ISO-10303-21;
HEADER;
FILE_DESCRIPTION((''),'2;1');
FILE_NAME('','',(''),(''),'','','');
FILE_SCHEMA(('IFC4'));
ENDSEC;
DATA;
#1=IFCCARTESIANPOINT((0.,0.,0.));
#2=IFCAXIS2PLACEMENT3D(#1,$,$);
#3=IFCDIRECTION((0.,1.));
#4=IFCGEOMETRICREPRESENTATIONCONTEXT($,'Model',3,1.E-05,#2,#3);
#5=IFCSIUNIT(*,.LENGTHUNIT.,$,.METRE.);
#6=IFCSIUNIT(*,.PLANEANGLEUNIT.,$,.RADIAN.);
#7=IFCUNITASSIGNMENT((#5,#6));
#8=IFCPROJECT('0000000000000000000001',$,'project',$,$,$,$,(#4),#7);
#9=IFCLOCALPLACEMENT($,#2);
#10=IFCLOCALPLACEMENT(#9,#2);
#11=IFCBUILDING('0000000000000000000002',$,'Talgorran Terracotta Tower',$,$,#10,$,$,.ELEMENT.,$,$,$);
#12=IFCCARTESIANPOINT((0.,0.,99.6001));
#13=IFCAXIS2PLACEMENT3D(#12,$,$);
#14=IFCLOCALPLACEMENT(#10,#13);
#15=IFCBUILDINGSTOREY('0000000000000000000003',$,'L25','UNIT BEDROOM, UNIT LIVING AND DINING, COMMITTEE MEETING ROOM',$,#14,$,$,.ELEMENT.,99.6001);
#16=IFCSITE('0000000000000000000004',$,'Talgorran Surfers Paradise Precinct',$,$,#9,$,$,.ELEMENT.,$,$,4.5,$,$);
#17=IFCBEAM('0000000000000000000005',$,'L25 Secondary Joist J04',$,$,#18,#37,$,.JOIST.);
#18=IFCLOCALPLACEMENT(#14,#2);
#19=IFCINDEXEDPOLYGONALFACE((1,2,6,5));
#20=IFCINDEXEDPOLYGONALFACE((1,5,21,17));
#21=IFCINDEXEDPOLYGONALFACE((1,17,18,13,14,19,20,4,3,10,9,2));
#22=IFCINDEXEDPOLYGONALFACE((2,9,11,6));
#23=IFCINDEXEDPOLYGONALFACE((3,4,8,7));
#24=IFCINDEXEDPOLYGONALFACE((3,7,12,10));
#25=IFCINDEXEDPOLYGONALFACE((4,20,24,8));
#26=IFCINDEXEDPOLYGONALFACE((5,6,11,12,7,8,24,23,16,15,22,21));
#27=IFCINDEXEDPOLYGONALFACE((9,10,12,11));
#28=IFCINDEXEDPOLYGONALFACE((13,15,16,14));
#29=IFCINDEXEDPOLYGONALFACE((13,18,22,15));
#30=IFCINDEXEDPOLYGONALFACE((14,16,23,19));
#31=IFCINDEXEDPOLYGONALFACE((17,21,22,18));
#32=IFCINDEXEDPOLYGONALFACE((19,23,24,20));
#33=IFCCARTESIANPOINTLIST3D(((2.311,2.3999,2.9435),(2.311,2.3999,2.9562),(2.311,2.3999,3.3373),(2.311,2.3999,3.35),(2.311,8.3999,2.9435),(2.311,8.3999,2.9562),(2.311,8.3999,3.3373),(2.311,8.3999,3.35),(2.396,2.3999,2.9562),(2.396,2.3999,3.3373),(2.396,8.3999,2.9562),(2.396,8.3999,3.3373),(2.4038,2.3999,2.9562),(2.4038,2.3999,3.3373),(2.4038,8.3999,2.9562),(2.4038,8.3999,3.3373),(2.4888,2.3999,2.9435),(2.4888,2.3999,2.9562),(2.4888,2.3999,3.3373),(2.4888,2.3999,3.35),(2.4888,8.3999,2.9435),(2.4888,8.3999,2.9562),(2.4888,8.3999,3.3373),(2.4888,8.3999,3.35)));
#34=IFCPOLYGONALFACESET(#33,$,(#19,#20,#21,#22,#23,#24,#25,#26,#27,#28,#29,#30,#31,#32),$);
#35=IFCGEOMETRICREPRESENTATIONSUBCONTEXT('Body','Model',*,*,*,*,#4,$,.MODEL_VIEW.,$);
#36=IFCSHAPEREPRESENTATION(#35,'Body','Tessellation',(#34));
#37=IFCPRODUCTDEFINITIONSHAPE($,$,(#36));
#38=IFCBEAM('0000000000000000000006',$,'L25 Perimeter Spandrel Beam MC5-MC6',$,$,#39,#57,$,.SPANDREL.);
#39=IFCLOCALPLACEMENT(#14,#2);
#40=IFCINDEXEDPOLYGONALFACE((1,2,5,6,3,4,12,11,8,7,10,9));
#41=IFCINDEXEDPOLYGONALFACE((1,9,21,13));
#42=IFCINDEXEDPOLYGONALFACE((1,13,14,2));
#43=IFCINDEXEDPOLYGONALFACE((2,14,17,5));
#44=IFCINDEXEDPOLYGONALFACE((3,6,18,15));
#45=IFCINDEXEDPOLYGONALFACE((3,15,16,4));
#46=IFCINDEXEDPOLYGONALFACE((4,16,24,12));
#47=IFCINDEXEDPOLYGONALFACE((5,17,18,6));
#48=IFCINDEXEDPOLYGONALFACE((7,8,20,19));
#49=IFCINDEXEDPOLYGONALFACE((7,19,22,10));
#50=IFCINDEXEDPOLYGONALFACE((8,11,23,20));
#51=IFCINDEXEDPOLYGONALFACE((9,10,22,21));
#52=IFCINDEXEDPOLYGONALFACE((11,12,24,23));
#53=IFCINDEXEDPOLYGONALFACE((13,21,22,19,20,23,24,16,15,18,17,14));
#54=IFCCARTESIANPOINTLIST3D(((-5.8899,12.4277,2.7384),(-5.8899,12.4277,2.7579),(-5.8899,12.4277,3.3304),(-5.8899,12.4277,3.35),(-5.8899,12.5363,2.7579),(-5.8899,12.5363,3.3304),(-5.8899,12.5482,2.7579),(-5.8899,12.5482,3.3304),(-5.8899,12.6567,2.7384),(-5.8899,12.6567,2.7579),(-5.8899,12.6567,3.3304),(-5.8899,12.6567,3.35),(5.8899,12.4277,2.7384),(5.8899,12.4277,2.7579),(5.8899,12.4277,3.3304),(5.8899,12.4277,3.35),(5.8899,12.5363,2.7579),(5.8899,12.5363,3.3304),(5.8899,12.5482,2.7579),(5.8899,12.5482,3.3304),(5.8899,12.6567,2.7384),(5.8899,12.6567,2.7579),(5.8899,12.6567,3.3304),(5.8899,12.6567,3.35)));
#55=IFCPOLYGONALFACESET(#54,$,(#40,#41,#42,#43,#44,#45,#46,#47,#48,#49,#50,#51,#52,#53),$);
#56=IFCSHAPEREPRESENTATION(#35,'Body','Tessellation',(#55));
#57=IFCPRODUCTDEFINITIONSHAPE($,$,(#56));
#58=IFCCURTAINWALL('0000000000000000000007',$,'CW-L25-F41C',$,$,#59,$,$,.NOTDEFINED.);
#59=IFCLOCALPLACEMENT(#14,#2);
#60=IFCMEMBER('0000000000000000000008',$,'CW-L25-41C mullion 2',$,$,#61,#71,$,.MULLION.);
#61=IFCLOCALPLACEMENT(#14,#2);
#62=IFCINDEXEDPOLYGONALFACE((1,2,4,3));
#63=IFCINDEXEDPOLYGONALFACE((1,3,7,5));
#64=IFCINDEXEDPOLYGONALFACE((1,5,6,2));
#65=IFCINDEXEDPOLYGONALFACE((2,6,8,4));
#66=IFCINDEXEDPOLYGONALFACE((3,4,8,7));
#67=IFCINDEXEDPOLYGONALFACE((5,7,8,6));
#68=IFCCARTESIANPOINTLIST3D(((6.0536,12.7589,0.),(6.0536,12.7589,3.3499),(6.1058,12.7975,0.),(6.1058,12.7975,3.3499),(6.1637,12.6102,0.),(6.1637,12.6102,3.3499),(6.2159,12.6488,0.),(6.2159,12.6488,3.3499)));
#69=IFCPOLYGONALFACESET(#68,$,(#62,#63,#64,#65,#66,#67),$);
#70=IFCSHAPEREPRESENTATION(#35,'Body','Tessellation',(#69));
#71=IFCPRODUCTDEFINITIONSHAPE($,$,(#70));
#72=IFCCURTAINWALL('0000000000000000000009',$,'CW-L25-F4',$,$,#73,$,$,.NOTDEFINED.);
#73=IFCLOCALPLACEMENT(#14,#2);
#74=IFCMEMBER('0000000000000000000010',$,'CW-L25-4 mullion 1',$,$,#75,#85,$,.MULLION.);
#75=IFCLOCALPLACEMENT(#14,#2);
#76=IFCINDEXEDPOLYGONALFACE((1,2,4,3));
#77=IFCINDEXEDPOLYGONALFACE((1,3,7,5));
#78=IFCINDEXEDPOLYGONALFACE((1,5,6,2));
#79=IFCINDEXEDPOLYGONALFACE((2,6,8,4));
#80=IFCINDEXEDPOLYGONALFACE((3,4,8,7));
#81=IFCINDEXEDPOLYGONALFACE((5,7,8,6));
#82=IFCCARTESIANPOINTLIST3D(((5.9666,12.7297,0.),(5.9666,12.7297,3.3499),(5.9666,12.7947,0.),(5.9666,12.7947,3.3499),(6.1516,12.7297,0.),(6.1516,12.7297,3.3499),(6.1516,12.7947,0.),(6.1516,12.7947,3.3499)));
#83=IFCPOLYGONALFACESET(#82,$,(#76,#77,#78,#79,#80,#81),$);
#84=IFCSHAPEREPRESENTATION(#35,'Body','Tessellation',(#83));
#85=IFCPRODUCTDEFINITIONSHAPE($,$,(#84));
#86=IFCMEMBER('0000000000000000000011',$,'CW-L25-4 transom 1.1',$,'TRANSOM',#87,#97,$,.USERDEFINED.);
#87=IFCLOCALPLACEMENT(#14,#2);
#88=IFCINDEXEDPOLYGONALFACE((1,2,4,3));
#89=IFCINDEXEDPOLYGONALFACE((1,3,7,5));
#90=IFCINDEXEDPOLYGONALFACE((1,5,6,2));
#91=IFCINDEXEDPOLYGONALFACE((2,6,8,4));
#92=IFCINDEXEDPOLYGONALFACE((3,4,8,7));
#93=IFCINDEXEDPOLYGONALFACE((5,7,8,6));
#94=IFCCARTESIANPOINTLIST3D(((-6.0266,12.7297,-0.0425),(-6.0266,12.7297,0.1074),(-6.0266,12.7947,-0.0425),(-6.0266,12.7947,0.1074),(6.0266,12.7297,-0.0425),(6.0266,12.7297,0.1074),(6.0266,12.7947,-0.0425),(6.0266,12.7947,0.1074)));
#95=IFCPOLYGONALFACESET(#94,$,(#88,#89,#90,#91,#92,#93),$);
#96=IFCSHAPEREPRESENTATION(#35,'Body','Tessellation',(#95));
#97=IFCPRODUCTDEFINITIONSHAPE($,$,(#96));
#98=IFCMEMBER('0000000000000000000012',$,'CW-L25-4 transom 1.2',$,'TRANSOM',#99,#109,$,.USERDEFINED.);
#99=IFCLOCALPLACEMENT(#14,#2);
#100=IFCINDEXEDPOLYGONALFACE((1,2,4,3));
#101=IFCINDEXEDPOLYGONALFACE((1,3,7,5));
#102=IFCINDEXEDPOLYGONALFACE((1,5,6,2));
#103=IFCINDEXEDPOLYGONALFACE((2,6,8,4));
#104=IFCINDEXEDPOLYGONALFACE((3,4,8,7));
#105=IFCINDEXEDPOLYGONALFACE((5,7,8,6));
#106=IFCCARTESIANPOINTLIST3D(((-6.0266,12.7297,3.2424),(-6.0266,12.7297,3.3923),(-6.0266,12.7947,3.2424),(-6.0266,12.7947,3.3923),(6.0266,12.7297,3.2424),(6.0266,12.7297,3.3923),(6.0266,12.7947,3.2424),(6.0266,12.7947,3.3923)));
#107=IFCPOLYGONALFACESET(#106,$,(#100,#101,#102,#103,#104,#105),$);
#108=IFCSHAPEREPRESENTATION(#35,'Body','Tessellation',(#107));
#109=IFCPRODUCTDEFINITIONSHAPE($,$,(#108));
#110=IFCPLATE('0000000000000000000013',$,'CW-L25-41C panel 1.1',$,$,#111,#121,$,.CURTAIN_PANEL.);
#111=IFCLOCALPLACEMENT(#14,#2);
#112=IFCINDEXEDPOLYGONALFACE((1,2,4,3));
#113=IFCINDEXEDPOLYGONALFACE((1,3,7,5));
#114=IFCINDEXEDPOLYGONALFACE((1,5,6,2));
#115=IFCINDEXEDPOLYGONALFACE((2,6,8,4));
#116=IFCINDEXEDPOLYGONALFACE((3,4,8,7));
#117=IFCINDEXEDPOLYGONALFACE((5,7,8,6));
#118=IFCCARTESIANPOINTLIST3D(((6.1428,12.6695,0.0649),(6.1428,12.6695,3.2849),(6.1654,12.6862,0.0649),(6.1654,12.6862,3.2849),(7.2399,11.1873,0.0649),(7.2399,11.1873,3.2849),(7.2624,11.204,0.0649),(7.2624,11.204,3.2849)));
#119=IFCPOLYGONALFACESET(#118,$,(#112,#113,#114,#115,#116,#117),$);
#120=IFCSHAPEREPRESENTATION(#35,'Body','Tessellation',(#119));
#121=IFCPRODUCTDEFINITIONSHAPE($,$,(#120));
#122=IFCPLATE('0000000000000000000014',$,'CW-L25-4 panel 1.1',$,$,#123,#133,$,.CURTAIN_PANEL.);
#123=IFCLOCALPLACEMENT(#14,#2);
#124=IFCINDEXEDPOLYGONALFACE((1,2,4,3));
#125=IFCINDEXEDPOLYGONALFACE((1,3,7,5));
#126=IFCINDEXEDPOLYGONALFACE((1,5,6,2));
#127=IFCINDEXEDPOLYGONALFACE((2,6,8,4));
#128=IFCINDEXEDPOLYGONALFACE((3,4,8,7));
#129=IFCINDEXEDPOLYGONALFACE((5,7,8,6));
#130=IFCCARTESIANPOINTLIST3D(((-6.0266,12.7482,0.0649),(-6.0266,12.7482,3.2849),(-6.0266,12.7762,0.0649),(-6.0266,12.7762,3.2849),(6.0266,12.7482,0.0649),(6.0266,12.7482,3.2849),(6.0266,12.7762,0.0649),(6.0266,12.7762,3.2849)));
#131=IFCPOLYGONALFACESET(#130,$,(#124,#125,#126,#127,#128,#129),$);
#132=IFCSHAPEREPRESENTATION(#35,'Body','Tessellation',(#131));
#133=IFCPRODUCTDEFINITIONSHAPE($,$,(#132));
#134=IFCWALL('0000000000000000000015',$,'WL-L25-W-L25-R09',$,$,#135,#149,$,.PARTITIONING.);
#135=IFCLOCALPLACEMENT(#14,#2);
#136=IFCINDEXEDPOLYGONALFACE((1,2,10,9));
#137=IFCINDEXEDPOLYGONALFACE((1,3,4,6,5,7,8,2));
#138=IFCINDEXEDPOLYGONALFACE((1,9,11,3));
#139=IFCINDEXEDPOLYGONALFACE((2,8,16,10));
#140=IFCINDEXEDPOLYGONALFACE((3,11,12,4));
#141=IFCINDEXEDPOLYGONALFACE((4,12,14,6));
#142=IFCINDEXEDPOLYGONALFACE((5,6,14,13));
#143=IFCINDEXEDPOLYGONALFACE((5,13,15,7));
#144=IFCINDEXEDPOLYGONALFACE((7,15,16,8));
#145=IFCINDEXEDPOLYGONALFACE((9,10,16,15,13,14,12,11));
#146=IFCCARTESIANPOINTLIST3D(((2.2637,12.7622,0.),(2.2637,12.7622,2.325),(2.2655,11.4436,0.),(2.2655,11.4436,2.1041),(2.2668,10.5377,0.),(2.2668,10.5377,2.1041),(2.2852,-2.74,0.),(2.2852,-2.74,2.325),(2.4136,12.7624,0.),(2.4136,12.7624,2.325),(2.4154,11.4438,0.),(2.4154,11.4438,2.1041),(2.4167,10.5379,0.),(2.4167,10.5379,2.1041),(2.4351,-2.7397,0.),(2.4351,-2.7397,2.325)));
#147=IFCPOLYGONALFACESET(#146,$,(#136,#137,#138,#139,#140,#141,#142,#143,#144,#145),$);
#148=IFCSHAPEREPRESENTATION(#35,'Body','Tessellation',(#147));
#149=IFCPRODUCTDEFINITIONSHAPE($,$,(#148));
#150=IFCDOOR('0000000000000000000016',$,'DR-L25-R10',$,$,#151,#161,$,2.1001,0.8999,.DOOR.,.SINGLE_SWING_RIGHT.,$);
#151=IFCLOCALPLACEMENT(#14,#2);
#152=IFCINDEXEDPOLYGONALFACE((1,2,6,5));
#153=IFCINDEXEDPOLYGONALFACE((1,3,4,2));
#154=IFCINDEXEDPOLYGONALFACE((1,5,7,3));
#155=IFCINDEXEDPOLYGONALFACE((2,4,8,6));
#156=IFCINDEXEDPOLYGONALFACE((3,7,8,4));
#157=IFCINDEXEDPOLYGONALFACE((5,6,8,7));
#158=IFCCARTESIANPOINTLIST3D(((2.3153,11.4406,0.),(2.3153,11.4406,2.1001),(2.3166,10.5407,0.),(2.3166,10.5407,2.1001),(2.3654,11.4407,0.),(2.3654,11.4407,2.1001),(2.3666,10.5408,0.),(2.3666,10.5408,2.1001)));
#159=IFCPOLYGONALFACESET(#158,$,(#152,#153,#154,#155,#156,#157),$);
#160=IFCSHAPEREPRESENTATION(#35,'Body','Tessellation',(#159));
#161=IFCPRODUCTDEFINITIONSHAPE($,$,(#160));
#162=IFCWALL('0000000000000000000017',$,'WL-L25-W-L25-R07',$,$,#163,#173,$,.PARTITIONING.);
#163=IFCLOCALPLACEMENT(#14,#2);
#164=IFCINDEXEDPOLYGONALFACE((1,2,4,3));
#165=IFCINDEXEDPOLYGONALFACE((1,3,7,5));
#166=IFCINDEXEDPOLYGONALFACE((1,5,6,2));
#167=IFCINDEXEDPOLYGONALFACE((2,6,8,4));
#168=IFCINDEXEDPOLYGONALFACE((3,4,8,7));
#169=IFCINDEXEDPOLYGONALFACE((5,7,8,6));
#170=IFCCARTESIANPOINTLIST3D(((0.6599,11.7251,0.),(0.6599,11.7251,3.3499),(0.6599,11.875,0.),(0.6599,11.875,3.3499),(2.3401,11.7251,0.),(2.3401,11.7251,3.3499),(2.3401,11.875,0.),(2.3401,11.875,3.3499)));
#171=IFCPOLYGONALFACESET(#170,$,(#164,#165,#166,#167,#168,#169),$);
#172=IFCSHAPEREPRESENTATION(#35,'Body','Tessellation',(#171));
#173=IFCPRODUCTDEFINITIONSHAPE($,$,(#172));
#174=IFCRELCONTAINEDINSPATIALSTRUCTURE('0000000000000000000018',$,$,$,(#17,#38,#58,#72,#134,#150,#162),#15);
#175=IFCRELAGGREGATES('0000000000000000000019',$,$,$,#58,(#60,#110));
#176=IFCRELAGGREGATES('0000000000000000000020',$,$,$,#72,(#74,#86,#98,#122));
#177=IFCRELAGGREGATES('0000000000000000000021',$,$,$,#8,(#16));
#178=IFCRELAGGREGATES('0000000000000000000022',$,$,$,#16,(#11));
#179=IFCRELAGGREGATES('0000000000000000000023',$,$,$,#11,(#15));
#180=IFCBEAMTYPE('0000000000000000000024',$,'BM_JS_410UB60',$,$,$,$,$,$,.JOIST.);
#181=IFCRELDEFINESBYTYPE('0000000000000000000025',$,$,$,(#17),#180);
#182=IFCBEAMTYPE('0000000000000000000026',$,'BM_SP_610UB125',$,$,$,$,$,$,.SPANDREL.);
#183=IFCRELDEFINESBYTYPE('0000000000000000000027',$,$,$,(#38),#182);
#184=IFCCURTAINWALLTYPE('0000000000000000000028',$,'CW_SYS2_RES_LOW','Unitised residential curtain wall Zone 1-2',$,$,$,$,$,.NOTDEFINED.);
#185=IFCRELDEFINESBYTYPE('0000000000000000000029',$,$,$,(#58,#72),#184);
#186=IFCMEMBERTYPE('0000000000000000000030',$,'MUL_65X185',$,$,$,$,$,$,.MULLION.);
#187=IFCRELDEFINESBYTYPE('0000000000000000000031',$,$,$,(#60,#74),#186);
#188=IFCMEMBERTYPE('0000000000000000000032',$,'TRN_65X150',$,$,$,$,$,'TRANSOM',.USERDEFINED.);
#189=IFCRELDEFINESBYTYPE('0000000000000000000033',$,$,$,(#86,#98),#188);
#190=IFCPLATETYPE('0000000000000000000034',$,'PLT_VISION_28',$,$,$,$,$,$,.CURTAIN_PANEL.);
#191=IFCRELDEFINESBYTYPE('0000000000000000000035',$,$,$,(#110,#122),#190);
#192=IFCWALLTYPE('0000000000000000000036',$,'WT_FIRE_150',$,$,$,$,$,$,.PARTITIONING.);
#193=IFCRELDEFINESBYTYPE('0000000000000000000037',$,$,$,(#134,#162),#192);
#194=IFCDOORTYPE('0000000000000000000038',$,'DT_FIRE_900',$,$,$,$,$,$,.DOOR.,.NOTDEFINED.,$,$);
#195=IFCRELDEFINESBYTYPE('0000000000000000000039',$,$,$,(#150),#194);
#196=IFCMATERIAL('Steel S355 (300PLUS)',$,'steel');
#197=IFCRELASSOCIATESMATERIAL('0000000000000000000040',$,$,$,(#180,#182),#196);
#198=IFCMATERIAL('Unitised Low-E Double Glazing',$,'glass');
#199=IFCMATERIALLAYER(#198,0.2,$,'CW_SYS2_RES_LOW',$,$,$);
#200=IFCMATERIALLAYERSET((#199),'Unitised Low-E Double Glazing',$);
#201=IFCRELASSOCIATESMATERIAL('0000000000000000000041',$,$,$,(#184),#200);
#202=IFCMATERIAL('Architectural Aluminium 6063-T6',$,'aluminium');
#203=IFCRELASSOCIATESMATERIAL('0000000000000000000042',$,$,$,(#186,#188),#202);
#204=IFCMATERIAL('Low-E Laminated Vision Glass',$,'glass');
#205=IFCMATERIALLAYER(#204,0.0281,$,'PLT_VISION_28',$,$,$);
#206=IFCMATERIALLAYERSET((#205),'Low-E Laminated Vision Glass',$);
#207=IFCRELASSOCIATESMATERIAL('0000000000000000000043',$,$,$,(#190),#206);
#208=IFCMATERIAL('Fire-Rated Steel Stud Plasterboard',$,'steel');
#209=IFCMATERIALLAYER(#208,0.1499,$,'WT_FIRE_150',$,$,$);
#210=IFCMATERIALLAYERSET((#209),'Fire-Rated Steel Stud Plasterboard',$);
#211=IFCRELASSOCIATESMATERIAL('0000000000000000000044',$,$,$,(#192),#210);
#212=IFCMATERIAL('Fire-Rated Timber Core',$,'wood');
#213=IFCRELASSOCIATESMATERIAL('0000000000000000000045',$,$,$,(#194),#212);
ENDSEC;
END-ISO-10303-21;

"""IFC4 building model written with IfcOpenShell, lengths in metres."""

from ifc_helpers import new_model, si_unit, direction, frame, frame_2d, origin, origin_2d, place, context, subcontext, project, spatial, rectangle, i_section, extrude, source, transform, mapped, material, layer, layer_set, material_profile, profile_set, type_object, type_shapes, element, fill, aggregate, save


model = new_model("IFC4")

# Units and contexts
model_context = context("Model", 3, precision=1e-05, world=origin(), true_north=direction((0.0, 1.0)))
body_context = subcontext(model_context, "Body", "Model", "MODEL_VIEW")
ifc_project = project(units=[si_unit("LENGTHUNIT", "METRE"), si_unit("PLANEANGLEUNIT", "RADIAN")], contexts=[model_context])

# Site, building, storey
site_placement = place(None, origin())
site = spatial("IfcSite", under=ifc_project, at=site_placement, Name="Talgorran Surfers Paradise Precinct", CompositionType="ELEMENT", RefElevation=4.5)
building_placement = place(site_placement, origin())
building = spatial("IfcBuilding", under=site, at=building_placement, Name="Talgorran Terracotta Tower", CompositionType="ELEMENT")
storey_placement = place(building_placement, frame((0.0, 0.0, 99.6001)))
storey = spatial("IfcBuildingStorey", under=building, at=storey_placement, Name="L25", Description="UNIT BEDROOM, UNIT LIVING AND DINING, COMMITTEE MEETING ROOM", CompositionType="ELEMENT", Elevation=99.6001)

# Shared definitions
ifc_material_1 = material(Name="Steel S355 (300PLUS)", Category="steel")

# Beams
ifc_material_profile_1 = material_profile(ifc_material_1, i_section(OverallWidth=0.1777, OverallDepth=0.4065, WebThickness=0.0078, FlangeThickness=0.0127, at=origin_2d()), Name="410UB59.7")
ifc_profile_set_1 = profile_set([ifc_material_profile_1], Name="Steel S355 (300PLUS)")
beam_type_1 = type_object("IfcBeamType", Name="BM_JS_410UB60", PredefinedType="JOIST", material=ifc_profile_set_1)
beam_1_placement = place(storey_placement, frame((2.3999, 2.3999, 3.1467), z_axis=(0.0, 1.0, 0.0), x_axis=(-1.0, 0.0, 0.0)))
element("IfcBeam", 1, at=beam_1_placement, inside=storey, type_object=beam_type_1, Name="L25 Secondary Joist J04", PredefinedType="JOIST", context=body_context, shape_type="SweptSolid", body=[
    extrude(i_section(OverallWidth=0.1777, OverallDepth=0.4065, WebThickness=0.0078, FlangeThickness=0.0127, at=origin_2d()), origin(), (0.0, 0.0, 1.0), 6.0),
])
ifc_material_profile_2 = material_profile(ifc_material_1, i_section(OverallWidth=0.229, OverallDepth=0.6116, WebThickness=0.012, FlangeThickness=0.0195, at=origin_2d()), Name="610UB125")
ifc_profile_set_2 = profile_set([ifc_material_profile_2], Name="Steel S355 (300PLUS)")
beam_type_2 = type_object("IfcBeamType", Name="BM_SP_610UB125", PredefinedType="SPANDREL", material=ifc_profile_set_2)
beam_2_placement = place(storey_placement, frame((5.8899, 12.5422, 3.0442), z_axis=(-1.0, 0.0, 0.0), x_axis=(0.0, -1.0, 0.0)))
element("IfcBeam", 2, at=beam_2_placement, inside=storey, type_object=beam_type_2, Name="L25 Perimeter Spandrel Beam MC5-MC6", PredefinedType="SPANDREL", context=body_context, shape_type="SweptSolid", body=[
    extrude(i_section(OverallWidth=0.229, OverallDepth=0.6116, WebThickness=0.012, FlangeThickness=0.0195, at=origin_2d()), origin(), (0.0, 0.0, 1.0), 11.7798),
])

# Curtain wall, member
ifc_material_2 = material(Name="Unitised Low-E Double Glazing", Category="glass")
ifc_layer_1 = layer(ifc_material_2, 0.2, Name="CW_SYS2_RES_LOW")
ifc_layer_set_1 = layer_set([ifc_layer_1], Name="Unitised Low-E Double Glazing")
curtain_wall_type = type_object("IfcCurtainWallType", Name="CW_SYS2_RES_LOW", Description="Unitised residential curtain wall Zone 1-2", PredefinedType="NOTDEFINED", material=ifc_layer_set_1)
curtain_wall_1_placement = place(storey_placement, origin())
curtain_wall_1 = element("IfcCurtainWall", 3, at=curtain_wall_1_placement, inside=storey, type_object=curtain_wall_type, Name="CW-L25-F41C", PredefinedType="NOTDEFINED")
ifc_material_3 = material(Name="Architectural Aluminium 6063-T6", Category="aluminium")
ifc_material_profile_3 = material_profile(ifc_material_3, rectangle(XDim=0.0649, YDim=0.1851, at=origin_2d()), Name="CWM65X185")
ifc_profile_set_3 = profile_set([ifc_material_profile_3], Name="Architectural Aluminium 6063-T6")
member_type_1 = type_object("IfcMemberType", Name="MUL_65X185", PredefinedType="MULLION", material=ifc_profile_set_3)
member_1_placement = place(storey_placement, frame((6.1348, 12.7039, 0.0), z_axis=(0.0, 0.0, 1.0), x_axis=(-0.80379, -0.594914, 0.0)))
member_1 = element("IfcMember", 4, at=member_1_placement, type_object=member_type_1, Name="CW-L25-41C mullion 2", PredefinedType="MULLION", context=body_context, shape_type="SweptSolid", body=[
    extrude(rectangle(XDim=0.0649, YDim=0.1851, at=origin_2d()), origin(), (0.0, 0.0, 1.0), 3.3499),
])

# Curtain wall, members
curtain_wall_2_placement = place(storey_placement, origin())
curtain_wall_2 = element("IfcCurtainWall", 5, at=curtain_wall_2_placement, inside=storey, type_object=curtain_wall_type, Name="CW-L25-F4", PredefinedType="NOTDEFINED")
member_2_placement = place(storey_placement, frame((6.0591, 12.7622, 0.0), z_axis=(0.0, 0.0, 1.0), x_axis=(0.0, -1.0, 0.0)))
member_2 = element("IfcMember", 6, at=member_2_placement, type_object=member_type_1, Name="CW-L25-4 mullion 1", PredefinedType="MULLION", context=body_context, shape_type="SweptSolid", body=[
    extrude(rectangle(XDim=0.0649, YDim=0.1851, at=origin_2d()), origin(), (0.0, 0.0, 1.0), 3.3499),
])
ifc_material_profile_4 = material_profile(ifc_material_3, rectangle(XDim=0.0649, YDim=0.1499, at=origin_2d()), Name="CWT65X150")
ifc_profile_set_4 = profile_set([ifc_material_profile_4], Name="Architectural Aluminium 6063-T6")
member_type_2 = type_object("IfcMemberType", Name="TRN_65X150", ElementType="TRANSOM", PredefinedType="USERDEFINED", material=ifc_profile_set_4)
member_3_placement = place(storey_placement, frame((6.0266, 12.7622, 0.0325), z_axis=(-1.0, 0.0, 0.0), x_axis=(0.0, -1.0, 0.0)))
member_3 = element("IfcMember", 7, at=member_3_placement, type_object=member_type_2, Name="CW-L25-4 transom 1.1", ObjectType="TRANSOM", PredefinedType="USERDEFINED", context=body_context, shape_type="SweptSolid", body=[
    extrude(rectangle(XDim=0.0649, YDim=0.1499, at=origin_2d()), origin(), (0.0, 0.0, 1.0), 12.0532),
])
member_4_placement = place(storey_placement, frame((6.0266, 12.7622, 3.3174), z_axis=(-1.0, 0.0, 0.0), x_axis=(0.0, -1.0, 0.0)))
member_4 = element("IfcMember", 8, at=member_4_placement, type_object=member_type_2, Name="CW-L25-4 transom 1.2", ObjectType="TRANSOM", PredefinedType="USERDEFINED", context=body_context, shape_type="SweptSolid", body=[
    extrude(rectangle(XDim=0.0649, YDim=0.1499, at=origin_2d()), origin(), (0.0, 0.0, 1.0), 12.0532),
])

# Plates
ifc_material_4 = material(Name="Low-E Laminated Vision Glass", Category="glass")
ifc_layer_2 = layer(ifc_material_4, 0.0281, Name="PLT_VISION_28")
ifc_layer_set_2 = layer_set([ifc_layer_2], Name="Low-E Laminated Vision Glass")
plate_type = type_object("IfcPlateType", Name="PLT_VISION_28", PredefinedType="CURTAIN_PANEL", material=ifc_layer_set_2)
shared_shape_1 = source(origin(), body_context, "Body", "SweptSolid", [
    extrude(rectangle(XDim=1.844, YDim=0.0281, at=origin_2d()), origin(), (0.0, 0.0, 1.0), 3.22),
])
plate_1_placement = place(storey_placement, frame((6.7026, 11.9368, 0.0649), z_axis=(0.0, 0.0, 1.0), x_axis=(-0.594914, 0.80379, 0.0)))
plate_1 = element("IfcPlate", 9, at=plate_1_placement, type_object=plate_type, Name="CW-L25-41C panel 1.1", PredefinedType="CURTAIN_PANEL", context=body_context, shape_type="MappedRepresentation", body=[
    mapped(shared_shape_1, transform((0.0, 0.0, 0.0), scale=1.0)),
])
aggregate(curtain_wall_1, [member_1, plate_1])
shared_shape_2 = source(origin(), body_context, "Body", "SweptSolid", [
    extrude(rectangle(XDim=12.0532, YDim=0.0281, at=origin_2d()), origin(), (0.0, 0.0, 1.0), 3.22),
])
type_shapes(plate_type, [shared_shape_1, shared_shape_2])
plate_2_placement = place(storey_placement, frame((0.0, 12.7622, 0.0649), z_axis=(0.0, 0.0, 1.0), x_axis=(-1.0, 0.0, 0.0)))
plate_2 = element("IfcPlate", 10, at=plate_2_placement, type_object=plate_type, Name="CW-L25-4 panel 1.1", PredefinedType="CURTAIN_PANEL", context=body_context, shape_type="MappedRepresentation", body=[
    mapped(shared_shape_2, transform((0.0, 0.0, 0.0), scale=1.0)),
])
aggregate(curtain_wall_2, [member_2, member_3, member_4, plate_2])

# Wall, opening, door
ifc_material_5 = material(Name="Fire-Rated Steel Stud Plasterboard", Category="steel")
ifc_layer_3 = layer(ifc_material_5, 0.1499, Name="WT_FIRE_150")
ifc_layer_set_3 = layer_set([ifc_layer_3], Name="Fire-Rated Steel Stud Plasterboard")
wall_type_1 = type_object("IfcWallType", Name="WT_FIRE_150", PredefinedType="PARTITIONING", material=ifc_layer_set_3)
wall_1_placement = place(storey_placement, frame((2.3386, 12.7622, 0.0), z_axis=(0.0, 0.0, 1.0), x_axis=(0.001386, -0.999999, 0.0)))
wall_1 = element("IfcWall", 11, at=wall_1_placement, inside=storey, type_object=wall_type_1, Name="WL-L25-W-L25-R09", PredefinedType="PARTITIONING", context=body_context, shape_type="SweptSolid", body=[
    extrude(rectangle(XDim=15.5022, YDim=0.1499, at=frame_2d((7.751, 0.0))), origin(), (0.0, 0.0, 1.0), 2.325),
])
opening_placement = place(wall_1_placement, frame((1.3215, 0.0, 0.0)))
opening = element("IfcOpeningElement", 12, at=opening_placement, cuts=wall_1, PredefinedType="OPENING", context=body_context, shape_type="SweptSolid", body=[
    extrude(rectangle(XDim=0.9059, YDim=2.1041, at=frame_2d((0.45, 1.052))), frame((0.0, 0.085, 0.0), z_axis=(0.0, -1.0, 0.0), x_axis=(1.0, 0.0, 0.0)), (0.0, 0.0, 1.0), 0.1699),
])
ifc_material_6 = material(Name="Fire-Rated Timber Core", Category="wood")
door_type = type_object("IfcDoorType", Name="DT_FIRE_900", OperationType="NOTDEFINED", PredefinedType="DOOR", material=ifc_material_6)
door_placement = place(opening_placement, origin())
door = element("IfcDoor", 13, at=door_placement, inside=storey, type_object=door_type, Name="DR-L25-R10", OperationType="SINGLE_SWING_RIGHT", OverallHeight=2.1001, OverallWidth=0.8999, PredefinedType="DOOR", context=body_context, shape_type="SweptSolid", body=[
    extrude(rectangle(XDim=0.8999, YDim=2.1001, at=frame_2d((0.45, 1.05))), frame((0.0, 0.0249, 0.0), z_axis=(0.0, -1.0, 0.0), x_axis=(1.0, 0.0, 0.0)), (0.0, 0.0, 1.0), 0.05),
])
fill(opening, door)

# Wall
wall_2_placement = place(storey_placement, frame((0.6599, 11.8, 0.0), z_axis=(0.0, 0.0, 1.0), x_axis=(1.0, 0.0, 0.0)))
element("IfcWall", 14, at=wall_2_placement, inside=storey, type_object=wall_type_1, Name="WL-L25-W-L25-R07", PredefinedType="PARTITIONING", context=body_context, shape_type="SweptSolid", body=[
    extrude(rectangle(XDim=1.6802, YDim=0.1499, at=frame_2d((0.8401, 0.0))), origin(), (0.0, 0.0, 1.0), 3.3499),
])

save(model, "model.ifc")
